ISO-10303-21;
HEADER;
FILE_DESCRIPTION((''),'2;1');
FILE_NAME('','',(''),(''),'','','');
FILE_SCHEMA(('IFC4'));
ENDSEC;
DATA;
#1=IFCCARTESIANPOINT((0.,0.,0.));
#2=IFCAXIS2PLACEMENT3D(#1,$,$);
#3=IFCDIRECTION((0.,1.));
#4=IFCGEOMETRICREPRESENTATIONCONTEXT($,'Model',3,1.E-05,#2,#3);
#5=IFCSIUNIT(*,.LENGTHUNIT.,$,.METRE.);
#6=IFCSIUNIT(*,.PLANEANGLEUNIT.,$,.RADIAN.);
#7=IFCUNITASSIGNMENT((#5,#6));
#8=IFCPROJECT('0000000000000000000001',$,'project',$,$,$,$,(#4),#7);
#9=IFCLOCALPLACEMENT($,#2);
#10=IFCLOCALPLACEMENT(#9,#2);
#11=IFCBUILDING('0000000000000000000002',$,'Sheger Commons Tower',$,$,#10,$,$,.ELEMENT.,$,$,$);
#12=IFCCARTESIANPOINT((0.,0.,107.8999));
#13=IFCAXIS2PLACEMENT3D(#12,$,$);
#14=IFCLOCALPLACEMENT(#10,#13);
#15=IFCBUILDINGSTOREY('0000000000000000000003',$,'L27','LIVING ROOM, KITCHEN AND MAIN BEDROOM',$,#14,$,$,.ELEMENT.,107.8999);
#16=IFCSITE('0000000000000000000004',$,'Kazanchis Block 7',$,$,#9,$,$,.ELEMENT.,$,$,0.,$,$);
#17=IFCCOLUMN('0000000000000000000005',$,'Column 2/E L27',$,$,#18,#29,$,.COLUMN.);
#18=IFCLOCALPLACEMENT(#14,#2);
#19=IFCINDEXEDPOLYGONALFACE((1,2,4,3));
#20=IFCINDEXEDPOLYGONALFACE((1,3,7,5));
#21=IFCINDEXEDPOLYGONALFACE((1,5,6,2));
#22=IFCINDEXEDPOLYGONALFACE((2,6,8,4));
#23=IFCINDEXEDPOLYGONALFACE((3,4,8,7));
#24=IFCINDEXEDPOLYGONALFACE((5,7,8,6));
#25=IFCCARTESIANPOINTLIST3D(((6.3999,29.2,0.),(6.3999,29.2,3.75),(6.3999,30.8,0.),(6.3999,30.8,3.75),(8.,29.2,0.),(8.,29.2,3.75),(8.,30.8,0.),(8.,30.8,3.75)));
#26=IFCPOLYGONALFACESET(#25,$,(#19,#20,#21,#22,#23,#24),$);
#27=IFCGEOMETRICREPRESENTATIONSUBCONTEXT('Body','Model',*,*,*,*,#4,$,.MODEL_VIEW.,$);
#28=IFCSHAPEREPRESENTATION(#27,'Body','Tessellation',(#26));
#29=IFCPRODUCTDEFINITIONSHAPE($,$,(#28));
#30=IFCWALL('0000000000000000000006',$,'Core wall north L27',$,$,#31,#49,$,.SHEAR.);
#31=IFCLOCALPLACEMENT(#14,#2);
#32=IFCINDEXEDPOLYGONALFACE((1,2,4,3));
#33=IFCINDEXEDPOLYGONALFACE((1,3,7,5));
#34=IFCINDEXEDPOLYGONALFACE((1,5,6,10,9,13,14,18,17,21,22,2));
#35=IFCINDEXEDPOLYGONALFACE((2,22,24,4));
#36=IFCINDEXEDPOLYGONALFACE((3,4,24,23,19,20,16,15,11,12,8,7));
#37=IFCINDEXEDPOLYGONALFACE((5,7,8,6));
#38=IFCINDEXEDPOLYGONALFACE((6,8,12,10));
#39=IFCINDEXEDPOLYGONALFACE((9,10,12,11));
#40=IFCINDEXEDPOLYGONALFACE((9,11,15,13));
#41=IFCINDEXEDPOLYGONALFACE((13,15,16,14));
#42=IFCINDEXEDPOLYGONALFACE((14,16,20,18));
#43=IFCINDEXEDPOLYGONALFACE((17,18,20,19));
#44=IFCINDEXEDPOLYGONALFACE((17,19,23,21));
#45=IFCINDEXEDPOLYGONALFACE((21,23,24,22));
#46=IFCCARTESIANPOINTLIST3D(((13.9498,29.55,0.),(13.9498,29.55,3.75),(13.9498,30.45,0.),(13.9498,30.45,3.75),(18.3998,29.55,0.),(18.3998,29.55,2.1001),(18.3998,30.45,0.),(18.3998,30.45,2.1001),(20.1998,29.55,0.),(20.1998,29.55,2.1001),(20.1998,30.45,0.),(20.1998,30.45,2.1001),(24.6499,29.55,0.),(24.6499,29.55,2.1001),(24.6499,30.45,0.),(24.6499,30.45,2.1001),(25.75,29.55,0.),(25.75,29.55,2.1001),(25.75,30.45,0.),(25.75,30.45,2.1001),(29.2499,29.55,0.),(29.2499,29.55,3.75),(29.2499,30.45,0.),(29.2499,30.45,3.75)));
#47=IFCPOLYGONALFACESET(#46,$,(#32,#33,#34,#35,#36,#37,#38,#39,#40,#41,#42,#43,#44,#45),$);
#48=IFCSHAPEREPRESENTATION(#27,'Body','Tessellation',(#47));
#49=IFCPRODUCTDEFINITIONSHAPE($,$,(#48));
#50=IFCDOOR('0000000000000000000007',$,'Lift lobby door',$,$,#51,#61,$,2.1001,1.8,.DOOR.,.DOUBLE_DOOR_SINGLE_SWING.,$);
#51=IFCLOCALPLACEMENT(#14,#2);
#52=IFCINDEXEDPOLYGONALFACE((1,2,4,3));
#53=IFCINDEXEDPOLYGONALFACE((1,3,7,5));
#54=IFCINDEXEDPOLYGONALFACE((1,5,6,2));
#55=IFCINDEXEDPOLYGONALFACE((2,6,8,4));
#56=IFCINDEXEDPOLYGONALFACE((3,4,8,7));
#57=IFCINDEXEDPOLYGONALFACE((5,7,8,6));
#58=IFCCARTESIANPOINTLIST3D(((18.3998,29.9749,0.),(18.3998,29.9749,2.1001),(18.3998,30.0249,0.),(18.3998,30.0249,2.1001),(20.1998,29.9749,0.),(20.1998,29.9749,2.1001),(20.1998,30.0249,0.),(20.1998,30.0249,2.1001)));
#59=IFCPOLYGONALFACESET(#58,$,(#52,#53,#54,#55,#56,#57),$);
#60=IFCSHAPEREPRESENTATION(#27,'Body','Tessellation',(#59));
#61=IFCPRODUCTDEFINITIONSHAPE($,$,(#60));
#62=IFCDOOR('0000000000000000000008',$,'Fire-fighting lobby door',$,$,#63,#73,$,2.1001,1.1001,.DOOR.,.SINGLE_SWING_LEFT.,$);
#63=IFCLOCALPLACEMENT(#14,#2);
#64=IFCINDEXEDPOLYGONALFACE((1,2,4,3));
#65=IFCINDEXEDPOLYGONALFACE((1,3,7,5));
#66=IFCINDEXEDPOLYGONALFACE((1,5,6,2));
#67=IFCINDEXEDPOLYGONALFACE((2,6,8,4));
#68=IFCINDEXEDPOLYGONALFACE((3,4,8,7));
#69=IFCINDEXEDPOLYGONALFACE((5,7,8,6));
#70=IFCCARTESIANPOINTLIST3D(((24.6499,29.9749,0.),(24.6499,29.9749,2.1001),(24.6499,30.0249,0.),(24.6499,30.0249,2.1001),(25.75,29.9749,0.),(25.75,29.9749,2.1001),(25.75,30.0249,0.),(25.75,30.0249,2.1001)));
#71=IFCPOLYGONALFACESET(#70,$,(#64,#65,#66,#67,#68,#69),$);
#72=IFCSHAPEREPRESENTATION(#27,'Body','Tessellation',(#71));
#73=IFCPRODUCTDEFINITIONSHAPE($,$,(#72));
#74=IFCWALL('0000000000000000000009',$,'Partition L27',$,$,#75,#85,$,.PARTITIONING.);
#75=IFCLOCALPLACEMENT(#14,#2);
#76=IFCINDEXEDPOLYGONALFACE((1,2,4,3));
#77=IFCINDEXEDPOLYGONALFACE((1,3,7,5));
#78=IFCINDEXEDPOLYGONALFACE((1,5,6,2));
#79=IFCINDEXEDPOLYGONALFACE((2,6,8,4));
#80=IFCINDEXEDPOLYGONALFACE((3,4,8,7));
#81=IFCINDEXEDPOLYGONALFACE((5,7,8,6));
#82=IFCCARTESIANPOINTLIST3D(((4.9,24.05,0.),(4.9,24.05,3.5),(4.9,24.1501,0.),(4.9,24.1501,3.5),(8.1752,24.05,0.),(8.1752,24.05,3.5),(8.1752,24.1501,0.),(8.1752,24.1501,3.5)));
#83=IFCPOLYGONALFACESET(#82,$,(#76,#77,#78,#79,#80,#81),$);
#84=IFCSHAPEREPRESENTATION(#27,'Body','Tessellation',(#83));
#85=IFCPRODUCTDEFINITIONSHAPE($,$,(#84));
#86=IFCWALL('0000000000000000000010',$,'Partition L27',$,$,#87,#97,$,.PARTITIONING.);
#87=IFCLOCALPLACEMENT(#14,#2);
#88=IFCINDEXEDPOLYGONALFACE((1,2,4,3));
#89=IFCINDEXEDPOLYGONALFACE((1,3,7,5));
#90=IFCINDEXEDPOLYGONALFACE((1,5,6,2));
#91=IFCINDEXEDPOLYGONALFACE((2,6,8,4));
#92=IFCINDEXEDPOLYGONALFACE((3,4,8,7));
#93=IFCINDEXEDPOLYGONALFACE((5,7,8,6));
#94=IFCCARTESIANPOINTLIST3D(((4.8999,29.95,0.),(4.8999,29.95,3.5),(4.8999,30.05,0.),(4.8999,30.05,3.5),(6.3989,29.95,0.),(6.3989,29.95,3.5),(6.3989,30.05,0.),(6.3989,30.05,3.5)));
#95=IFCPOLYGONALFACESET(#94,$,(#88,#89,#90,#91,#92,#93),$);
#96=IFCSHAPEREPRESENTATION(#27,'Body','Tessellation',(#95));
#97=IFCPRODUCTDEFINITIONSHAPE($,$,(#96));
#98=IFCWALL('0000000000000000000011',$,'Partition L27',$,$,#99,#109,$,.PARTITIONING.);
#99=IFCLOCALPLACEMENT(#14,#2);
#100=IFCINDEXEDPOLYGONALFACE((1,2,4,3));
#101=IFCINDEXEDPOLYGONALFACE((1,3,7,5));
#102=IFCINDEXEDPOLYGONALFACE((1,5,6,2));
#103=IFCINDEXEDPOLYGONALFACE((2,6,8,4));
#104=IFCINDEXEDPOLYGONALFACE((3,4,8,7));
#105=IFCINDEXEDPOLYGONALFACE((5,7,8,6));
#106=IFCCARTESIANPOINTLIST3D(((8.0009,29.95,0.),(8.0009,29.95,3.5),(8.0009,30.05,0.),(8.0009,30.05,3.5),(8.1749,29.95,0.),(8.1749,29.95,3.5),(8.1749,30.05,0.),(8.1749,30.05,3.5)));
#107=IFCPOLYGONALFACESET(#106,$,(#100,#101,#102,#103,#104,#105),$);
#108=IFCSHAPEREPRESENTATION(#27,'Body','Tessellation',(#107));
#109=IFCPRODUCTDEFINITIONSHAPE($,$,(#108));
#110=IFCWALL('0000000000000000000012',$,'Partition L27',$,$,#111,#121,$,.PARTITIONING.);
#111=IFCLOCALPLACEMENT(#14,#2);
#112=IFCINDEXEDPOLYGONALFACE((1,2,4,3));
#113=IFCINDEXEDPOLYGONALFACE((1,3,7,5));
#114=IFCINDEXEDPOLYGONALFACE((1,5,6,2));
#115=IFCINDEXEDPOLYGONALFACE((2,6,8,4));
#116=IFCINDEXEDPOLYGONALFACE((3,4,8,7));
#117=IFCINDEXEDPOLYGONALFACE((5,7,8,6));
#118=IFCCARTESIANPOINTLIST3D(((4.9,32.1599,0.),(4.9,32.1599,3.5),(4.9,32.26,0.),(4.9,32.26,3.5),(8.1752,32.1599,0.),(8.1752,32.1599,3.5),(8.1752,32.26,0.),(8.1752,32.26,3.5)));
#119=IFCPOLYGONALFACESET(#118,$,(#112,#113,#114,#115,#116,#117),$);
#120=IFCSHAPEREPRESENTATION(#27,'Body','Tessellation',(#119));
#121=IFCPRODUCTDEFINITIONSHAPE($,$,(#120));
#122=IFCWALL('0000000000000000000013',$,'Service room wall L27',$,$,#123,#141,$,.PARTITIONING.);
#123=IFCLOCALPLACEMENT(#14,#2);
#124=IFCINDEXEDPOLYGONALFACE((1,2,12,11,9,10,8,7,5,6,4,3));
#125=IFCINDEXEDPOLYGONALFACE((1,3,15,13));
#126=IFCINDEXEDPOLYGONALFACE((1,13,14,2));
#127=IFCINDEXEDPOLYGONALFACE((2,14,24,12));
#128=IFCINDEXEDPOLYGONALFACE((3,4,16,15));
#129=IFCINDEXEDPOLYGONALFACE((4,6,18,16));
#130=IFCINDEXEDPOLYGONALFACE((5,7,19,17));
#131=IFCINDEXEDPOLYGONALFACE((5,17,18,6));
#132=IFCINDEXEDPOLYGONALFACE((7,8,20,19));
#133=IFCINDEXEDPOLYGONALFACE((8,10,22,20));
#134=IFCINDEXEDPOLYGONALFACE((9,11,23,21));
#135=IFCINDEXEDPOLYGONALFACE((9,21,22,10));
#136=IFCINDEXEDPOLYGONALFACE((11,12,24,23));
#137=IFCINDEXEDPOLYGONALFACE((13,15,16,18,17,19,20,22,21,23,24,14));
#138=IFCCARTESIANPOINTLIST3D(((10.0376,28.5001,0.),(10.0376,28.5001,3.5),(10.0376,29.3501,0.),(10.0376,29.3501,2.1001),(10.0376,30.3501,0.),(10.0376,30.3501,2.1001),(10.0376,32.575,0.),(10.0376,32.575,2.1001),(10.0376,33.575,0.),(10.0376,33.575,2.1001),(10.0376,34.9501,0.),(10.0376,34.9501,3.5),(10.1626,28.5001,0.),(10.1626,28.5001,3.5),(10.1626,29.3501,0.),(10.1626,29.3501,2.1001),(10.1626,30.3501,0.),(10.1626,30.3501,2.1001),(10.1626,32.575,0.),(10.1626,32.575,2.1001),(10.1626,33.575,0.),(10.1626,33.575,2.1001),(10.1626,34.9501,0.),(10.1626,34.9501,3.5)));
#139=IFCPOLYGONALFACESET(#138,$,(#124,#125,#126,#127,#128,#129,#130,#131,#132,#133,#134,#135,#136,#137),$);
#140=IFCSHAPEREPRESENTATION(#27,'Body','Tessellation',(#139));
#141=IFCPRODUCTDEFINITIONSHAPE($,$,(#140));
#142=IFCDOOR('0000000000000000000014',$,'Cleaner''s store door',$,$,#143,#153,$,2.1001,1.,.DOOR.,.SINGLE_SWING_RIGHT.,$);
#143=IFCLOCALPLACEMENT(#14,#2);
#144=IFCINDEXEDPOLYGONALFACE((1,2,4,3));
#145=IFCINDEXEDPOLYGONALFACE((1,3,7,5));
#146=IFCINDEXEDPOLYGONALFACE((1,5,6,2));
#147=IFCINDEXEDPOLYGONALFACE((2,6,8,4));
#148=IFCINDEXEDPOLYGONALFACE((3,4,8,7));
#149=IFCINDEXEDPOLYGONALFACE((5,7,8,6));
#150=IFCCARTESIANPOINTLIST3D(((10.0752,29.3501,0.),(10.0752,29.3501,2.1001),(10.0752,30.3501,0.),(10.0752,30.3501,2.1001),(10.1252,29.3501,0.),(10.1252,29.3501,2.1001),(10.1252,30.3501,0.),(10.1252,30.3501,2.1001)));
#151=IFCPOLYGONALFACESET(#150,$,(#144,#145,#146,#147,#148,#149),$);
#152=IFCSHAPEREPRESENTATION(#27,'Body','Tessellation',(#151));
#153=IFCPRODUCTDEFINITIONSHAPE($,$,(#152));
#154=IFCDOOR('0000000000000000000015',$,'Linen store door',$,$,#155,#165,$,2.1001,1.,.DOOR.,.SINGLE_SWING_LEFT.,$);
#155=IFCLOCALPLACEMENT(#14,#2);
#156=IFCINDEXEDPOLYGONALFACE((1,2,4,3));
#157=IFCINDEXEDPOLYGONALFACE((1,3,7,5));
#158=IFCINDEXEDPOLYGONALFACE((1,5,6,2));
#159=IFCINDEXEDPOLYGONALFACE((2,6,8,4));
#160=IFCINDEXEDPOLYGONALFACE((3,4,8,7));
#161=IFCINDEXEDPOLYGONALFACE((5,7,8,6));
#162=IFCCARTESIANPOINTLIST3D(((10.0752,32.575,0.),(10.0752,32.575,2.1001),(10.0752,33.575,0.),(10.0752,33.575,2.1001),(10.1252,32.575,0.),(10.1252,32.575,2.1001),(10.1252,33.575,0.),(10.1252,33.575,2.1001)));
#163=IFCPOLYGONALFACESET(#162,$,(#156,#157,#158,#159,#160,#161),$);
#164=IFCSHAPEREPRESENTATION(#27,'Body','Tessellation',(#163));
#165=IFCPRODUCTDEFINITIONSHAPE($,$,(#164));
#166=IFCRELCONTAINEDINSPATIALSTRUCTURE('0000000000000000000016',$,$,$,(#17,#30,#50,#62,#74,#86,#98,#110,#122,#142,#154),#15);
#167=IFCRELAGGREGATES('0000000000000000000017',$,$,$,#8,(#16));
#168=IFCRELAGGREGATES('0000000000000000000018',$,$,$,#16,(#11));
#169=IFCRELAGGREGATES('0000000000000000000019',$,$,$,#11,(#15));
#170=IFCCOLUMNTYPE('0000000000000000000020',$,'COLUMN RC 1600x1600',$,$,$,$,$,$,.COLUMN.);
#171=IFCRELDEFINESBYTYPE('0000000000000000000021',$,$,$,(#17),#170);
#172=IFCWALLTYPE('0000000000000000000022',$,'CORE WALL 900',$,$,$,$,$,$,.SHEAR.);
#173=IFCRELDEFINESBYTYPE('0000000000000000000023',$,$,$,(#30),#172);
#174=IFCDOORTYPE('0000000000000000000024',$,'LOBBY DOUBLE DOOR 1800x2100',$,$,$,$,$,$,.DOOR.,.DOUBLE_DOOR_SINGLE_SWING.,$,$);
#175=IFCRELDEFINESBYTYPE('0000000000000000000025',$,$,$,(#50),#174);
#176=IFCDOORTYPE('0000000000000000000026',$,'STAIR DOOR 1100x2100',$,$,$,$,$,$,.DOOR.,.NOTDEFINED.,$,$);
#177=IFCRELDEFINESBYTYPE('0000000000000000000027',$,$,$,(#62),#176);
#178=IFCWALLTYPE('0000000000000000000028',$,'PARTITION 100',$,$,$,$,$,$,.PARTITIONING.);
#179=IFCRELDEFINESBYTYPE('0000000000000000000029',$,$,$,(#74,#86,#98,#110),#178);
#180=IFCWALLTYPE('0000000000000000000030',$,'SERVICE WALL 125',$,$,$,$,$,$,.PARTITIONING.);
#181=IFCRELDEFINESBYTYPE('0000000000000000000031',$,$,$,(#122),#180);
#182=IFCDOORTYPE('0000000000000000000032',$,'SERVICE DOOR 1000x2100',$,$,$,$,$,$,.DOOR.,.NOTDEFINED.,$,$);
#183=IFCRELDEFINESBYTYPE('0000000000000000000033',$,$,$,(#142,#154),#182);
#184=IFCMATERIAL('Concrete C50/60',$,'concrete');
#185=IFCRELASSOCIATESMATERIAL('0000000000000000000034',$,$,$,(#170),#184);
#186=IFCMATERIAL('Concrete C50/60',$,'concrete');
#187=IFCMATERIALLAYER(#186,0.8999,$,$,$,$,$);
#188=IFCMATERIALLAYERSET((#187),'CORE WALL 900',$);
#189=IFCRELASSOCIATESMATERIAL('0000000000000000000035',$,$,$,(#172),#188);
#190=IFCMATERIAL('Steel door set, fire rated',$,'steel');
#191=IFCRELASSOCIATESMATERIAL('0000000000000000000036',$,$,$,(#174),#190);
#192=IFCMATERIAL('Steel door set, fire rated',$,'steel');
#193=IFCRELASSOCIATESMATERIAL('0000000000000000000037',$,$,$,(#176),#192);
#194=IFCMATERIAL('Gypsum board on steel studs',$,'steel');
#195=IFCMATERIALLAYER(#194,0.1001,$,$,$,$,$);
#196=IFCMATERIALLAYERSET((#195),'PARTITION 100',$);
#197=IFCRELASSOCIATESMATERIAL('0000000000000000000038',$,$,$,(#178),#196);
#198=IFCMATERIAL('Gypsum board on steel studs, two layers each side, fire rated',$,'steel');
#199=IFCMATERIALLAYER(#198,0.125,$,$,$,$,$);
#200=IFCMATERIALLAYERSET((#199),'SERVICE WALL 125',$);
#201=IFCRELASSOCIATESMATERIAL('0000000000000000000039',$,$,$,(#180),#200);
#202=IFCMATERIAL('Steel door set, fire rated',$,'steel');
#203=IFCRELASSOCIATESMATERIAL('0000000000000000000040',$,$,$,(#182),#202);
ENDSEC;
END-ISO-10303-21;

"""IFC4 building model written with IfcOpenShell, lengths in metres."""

from ifc_helpers import new_model, si_unit, direction, frame, frame_2d, origin, origin_2d, place, context, subcontext, project, spatial, rectangle, extrude, material, layer, layer_set, material_profile, profile_set, type_object, element, fill, save


model = new_model("IFC4")

# Units and contexts
model_context = context("Model", 3, precision=1e-05, world=origin(), true_north=direction((0.0, 1.0)))
body_context = subcontext(model_context, "Body", "Model", "MODEL_VIEW")
ifc_project = project(units=[si_unit("LENGTHUNIT", "METRE"), si_unit("PLANEANGLEUNIT", "RADIAN")], contexts=[model_context])

# Site, building, storey
site_placement = place(None, origin())
site = spatial("IfcSite", under=ifc_project, at=site_placement, Name="Kazanchis Block 7", CompositionType="ELEMENT", RefElevation=0.0)
building_placement = place(site_placement, origin())
building = spatial("IfcBuilding", under=site, at=building_placement, Name="Sheger Commons Tower", CompositionType="ELEMENT")
storey_placement = place(building_placement, frame((0.0, 0.0, 107.8999)))
storey = spatial("IfcBuildingStorey", under=building, at=storey_placement, Name="L27", Description="LIVING ROOM, KITCHEN AND MAIN BEDROOM", CompositionType="ELEMENT", Elevation=107.8999)

# Column
ifc_material_1 = material(Name="Concrete C50/60", Category="concrete")
ifc_material_profile = material_profile(ifc_material_1, rectangle(XDim=1.6001, YDim=1.6001, at=origin_2d()), Name="RC 1600x1600")
ifc_profile_set = profile_set([ifc_material_profile], Name="Concrete C50/60")
column_type = type_object("IfcColumnType", Name="COLUMN RC 1600x1600", PredefinedType="COLUMN", material=ifc_profile_set)
column_placement = place(storey_placement, frame((7.2, 30.0, 0.0), z_axis=(0.0, 0.0, 1.0), x_axis=(1.0, 0.0, 0.0)))
element("IfcColumn", 1, at=column_placement, inside=storey, type_object=column_type, Name="Column 2/E L27", PredefinedType="COLUMN", context=body_context, shape_type="SweptSolid", body=[
    extrude(rectangle(XDim=1.6001, YDim=1.6001, at=origin_2d()), origin(), (0.0, 0.0, 1.0), 3.75),
])

# Wall, openings, doors
ifc_material_2 = material(Name="Concrete C50/60", Category="concrete")
ifc_layer_1 = layer(ifc_material_2, 0.8999)
ifc_layer_set_1 = layer_set([ifc_layer_1], Name="CORE WALL 900")
wall_type_1 = type_object("IfcWallType", Name="CORE WALL 900", PredefinedType="SHEAR", material=ifc_layer_set_1)
wall_1_placement = place(storey_placement, frame((13.95, 30.0, 0.0), z_axis=(0.0, 0.0, 1.0), x_axis=(1.0, 0.0, 0.0)))
wall_1 = element("IfcWall", 2, at=wall_1_placement, inside=storey, type_object=wall_type_1, Name="Core wall north L27", PredefinedType="SHEAR", context=body_context, shape_type="SweptSolid", body=[
    extrude(rectangle(XDim=15.3, YDim=0.8999, at=frame_2d((7.6499, 0.0))), origin(), (0.0, 0.0, 1.0), 3.75),
])
opening_1_placement = place(wall_1_placement, frame((4.45, 0.0, 0.0)))
opening_1 = element("IfcOpeningElement", 3, at=opening_1_placement, cuts=wall_1, PredefinedType="OPENING", context=body_context, shape_type="SweptSolid", body=[
    extrude(rectangle(XDim=1.8, YDim=2.1001, at=frame_2d((0.8999, 1.05))), frame((0.0, 0.46, 0.0), z_axis=(0.0, -1.0, 0.0), x_axis=(1.0, 0.0, 0.0)), (0.0, 0.0, 1.0), 0.9199),
])
opening_2_placement = place(wall_1_placement, frame((10.7, 0.0, 0.0)))
opening_2 = element("IfcOpeningElement", 4, at=opening_2_placement, cuts=wall_1, PredefinedType="OPENING", context=body_context, shape_type="SweptSolid", body=[
    extrude(rectangle(XDim=1.1001, YDim=2.1001, at=frame_2d((0.55, 1.05))), frame((0.0, 0.46, 0.0), z_axis=(0.0, -1.0, 0.0), x_axis=(1.0, 0.0, 0.0)), (0.0, 0.0, 1.0), 0.9199),
])
ifc_material_3 = material(Name="Steel door set, fire rated", Category="steel")
door_type_1 = type_object("IfcDoorType", Name="LOBBY DOUBLE DOOR 1800x2100", OperationType="DOUBLE_DOOR_SINGLE_SWING", PredefinedType="DOOR", material=ifc_material_3)
door_1_placement = place(opening_1_placement, origin())
door_1 = element("IfcDoor", 5, at=door_1_placement, inside=storey, type_object=door_type_1, Name="Lift lobby door", OperationType="DOUBLE_DOOR_SINGLE_SWING", OverallHeight=2.1001, OverallWidth=1.8, PredefinedType="DOOR", context=body_context, shape_type="SweptSolid", body=[
    extrude(rectangle(XDim=1.8, YDim=2.1001, at=frame_2d((0.8999, 1.05))), frame((0.0, 0.0249, 0.0), z_axis=(0.0, -1.0, 0.0), x_axis=(1.0, 0.0, 0.0)), (0.0, 0.0, 1.0), 0.05),
])
fill(opening_1, door_1)
ifc_material_4 = material(Name="Steel door set, fire rated", Category="steel")
door_type_2 = type_object("IfcDoorType", Name="STAIR DOOR 1100x2100", OperationType="NOTDEFINED", PredefinedType="DOOR", material=ifc_material_4)
door_2_placement = place(opening_2_placement, origin())
door_2 = element("IfcDoor", 6, at=door_2_placement, inside=storey, type_object=door_type_2, Name="Fire-fighting lobby door", OperationType="SINGLE_SWING_LEFT", OverallHeight=2.1001, OverallWidth=1.1001, PredefinedType="DOOR", context=body_context, shape_type="SweptSolid", body=[
    extrude(rectangle(XDim=1.1001, YDim=2.1001, at=frame_2d((0.55, 1.05))), frame((0.0, 0.0249, 0.0), z_axis=(0.0, -1.0, 0.0), x_axis=(1.0, 0.0, 0.0)), (0.0, 0.0, 1.0), 0.05),
])
fill(opening_2, door_2)

# Walls
ifc_material_5 = material(Name="Gypsum board on steel studs", Category="steel")
ifc_layer_2 = layer(ifc_material_5, 0.1001)
ifc_layer_set_2 = layer_set([ifc_layer_2], Name="PARTITION 100")
wall_type_2 = type_object("IfcWallType", Name="PARTITION 100", PredefinedType="PARTITIONING", material=ifc_layer_set_2)
wall_2_placement = place(storey_placement, frame((4.8999, 24.1001, 0.0), z_axis=(0.0, 0.0, 1.0), x_axis=(1.0, 0.0, 0.0)))
element("IfcWall", 7, at=wall_2_placement, inside=storey, type_object=wall_type_2, Name="Partition L27", PredefinedType="PARTITIONING", context=body_context, shape_type="SweptSolid", body=[
    extrude(rectangle(XDim=3.2751, YDim=0.1001, at=frame_2d((1.6377, 0.0))), origin(), (0.0, 0.0, 1.0), 3.5),
])
wall_3_placement = place(storey_placement, frame((4.8999, 30.0, 0.0), z_axis=(0.0, 0.0, 1.0), x_axis=(1.0, 0.0, 0.0)))
element("IfcWall", 8, at=wall_3_placement, inside=storey, type_object=wall_type_2, Name="Partition L27", PredefinedType="PARTITIONING", context=body_context, shape_type="SweptSolid", body=[
    extrude(rectangle(XDim=1.499, YDim=0.1001, at=frame_2d((0.7495, 0.0))), origin(), (0.0, 0.0, 1.0), 3.5),
])
wall_4_placement = place(storey_placement, frame((8.001, 30.0, 0.0), z_axis=(0.0, 0.0, 1.0), x_axis=(1.0, 0.0, 0.0)))
element("IfcWall", 9, at=wall_4_placement, inside=storey, type_object=wall_type_2, Name="Partition L27", PredefinedType="PARTITIONING", context=body_context, shape_type="SweptSolid", body=[
    extrude(rectangle(XDim=0.1741, YDim=0.1001, at=frame_2d((0.0869, 0.0))), origin(), (0.0, 0.0, 1.0), 3.5),
])
wall_5_placement = place(storey_placement, frame((4.8999, 32.21, 0.0), z_axis=(0.0, 0.0, 1.0), x_axis=(1.0, 0.0, 0.0)))
element("IfcWall", 10, at=wall_5_placement, inside=storey, type_object=wall_type_2, Name="Partition L27", PredefinedType="PARTITIONING", context=body_context, shape_type="SweptSolid", body=[
    extrude(rectangle(XDim=3.2751, YDim=0.1001, at=frame_2d((1.6377, 0.0))), origin(), (0.0, 0.0, 1.0), 3.5),
])

# Wall, openings, doors
ifc_material_6 = material(Name="Gypsum board on steel studs, two layers each side, fire rated", Category="steel")
ifc_layer_3 = layer(ifc_material_6, 0.125)
ifc_layer_set_3 = layer_set([ifc_layer_3], Name="SERVICE WALL 125")
wall_type_3 = type_object("IfcWallType", Name="SERVICE WALL 125", PredefinedType="PARTITIONING", material=ifc_layer_set_3)
wall_6_placement = place(storey_placement, frame((10.1001, 28.5, 0.0), z_axis=(0.0, 0.0, 1.0), x_axis=(0.0, 1.0, 0.0)))
wall_6 = element("IfcWall", 11, at=wall_6_placement, inside=storey, type_object=wall_type_3, Name="Service room wall L27", PredefinedType="PARTITIONING", context=body_context, shape_type="SweptSolid", body=[
    extrude(rectangle(XDim=6.45, YDim=0.125, at=frame_2d((3.2251, 0.0))), origin(), (0.0, 0.0, 1.0), 3.5),
])
opening_3_placement = place(wall_6_placement, frame((0.8501, 0.0, 0.0)))
opening_3 = element("IfcOpeningElement", 12, at=opening_3_placement, cuts=wall_6, PredefinedType="OPENING", context=body_context, shape_type="SweptSolid", body=[
    extrude(rectangle(XDim=1.0, YDim=2.1001, at=frame_2d((0.5, 1.05))), frame((0.0, 0.0725, 0.0), z_axis=(0.0, -1.0, 0.0), x_axis=(1.0, 0.0, 0.0)), (0.0, 0.0, 1.0), 0.145),
])
opening_4_placement = place(wall_6_placement, frame((4.075, 0.0, 0.0)))
opening_4 = element("IfcOpeningElement", 13, at=opening_4_placement, cuts=wall_6, PredefinedType="OPENING", context=body_context, shape_type="SweptSolid", body=[
    extrude(rectangle(XDim=1.0, YDim=2.1001, at=frame_2d((0.5, 1.05))), frame((0.0, 0.0725, 0.0), z_axis=(0.0, -1.0, 0.0), x_axis=(1.0, 0.0, 0.0)), (0.0, 0.0, 1.0), 0.145),
])
ifc_material_7 = material(Name="Steel door set, fire rated", Category="steel")
door_type_3 = type_object("IfcDoorType", Name="SERVICE DOOR 1000x2100", OperationType="NOTDEFINED", PredefinedType="DOOR", material=ifc_material_7)
door_3_placement = place(opening_3_placement, origin())
door_3 = element("IfcDoor", 14, at=door_3_placement, inside=storey, type_object=door_type_3, Name="Cleaner's store door", OperationType="SINGLE_SWING_RIGHT", OverallHeight=2.1001, OverallWidth=1.0, PredefinedType="DOOR", context=body_context, shape_type="SweptSolid", body=[
    extrude(rectangle(XDim=1.0, YDim=2.1001, at=frame_2d((0.5, 1.05))), frame((0.0, 0.0249, 0.0), z_axis=(0.0, -1.0, 0.0), x_axis=(1.0, 0.0, 0.0)), (0.0, 0.0, 1.0), 0.05),
])
fill(opening_3, door_3)
door_4_placement = place(opening_4_placement, origin())
door_4 = element("IfcDoor", 15, at=door_4_placement, inside=storey, type_object=door_type_3, Name="Linen store door", OperationType="SINGLE_SWING_LEFT", OverallHeight=2.1001, OverallWidth=1.0, PredefinedType="DOOR", context=body_context, shape_type="SweptSolid", body=[
    extrude(rectangle(XDim=1.0, YDim=2.1001, at=frame_2d((0.5, 1.05))), frame((0.0, 0.0249, 0.0), z_axis=(0.0, -1.0, 0.0), x_axis=(1.0, 0.0, 0.0)), (0.0, 0.0, 1.0), 0.05),
])
fill(opening_4, door_4)

save(model, "model.ifc")
